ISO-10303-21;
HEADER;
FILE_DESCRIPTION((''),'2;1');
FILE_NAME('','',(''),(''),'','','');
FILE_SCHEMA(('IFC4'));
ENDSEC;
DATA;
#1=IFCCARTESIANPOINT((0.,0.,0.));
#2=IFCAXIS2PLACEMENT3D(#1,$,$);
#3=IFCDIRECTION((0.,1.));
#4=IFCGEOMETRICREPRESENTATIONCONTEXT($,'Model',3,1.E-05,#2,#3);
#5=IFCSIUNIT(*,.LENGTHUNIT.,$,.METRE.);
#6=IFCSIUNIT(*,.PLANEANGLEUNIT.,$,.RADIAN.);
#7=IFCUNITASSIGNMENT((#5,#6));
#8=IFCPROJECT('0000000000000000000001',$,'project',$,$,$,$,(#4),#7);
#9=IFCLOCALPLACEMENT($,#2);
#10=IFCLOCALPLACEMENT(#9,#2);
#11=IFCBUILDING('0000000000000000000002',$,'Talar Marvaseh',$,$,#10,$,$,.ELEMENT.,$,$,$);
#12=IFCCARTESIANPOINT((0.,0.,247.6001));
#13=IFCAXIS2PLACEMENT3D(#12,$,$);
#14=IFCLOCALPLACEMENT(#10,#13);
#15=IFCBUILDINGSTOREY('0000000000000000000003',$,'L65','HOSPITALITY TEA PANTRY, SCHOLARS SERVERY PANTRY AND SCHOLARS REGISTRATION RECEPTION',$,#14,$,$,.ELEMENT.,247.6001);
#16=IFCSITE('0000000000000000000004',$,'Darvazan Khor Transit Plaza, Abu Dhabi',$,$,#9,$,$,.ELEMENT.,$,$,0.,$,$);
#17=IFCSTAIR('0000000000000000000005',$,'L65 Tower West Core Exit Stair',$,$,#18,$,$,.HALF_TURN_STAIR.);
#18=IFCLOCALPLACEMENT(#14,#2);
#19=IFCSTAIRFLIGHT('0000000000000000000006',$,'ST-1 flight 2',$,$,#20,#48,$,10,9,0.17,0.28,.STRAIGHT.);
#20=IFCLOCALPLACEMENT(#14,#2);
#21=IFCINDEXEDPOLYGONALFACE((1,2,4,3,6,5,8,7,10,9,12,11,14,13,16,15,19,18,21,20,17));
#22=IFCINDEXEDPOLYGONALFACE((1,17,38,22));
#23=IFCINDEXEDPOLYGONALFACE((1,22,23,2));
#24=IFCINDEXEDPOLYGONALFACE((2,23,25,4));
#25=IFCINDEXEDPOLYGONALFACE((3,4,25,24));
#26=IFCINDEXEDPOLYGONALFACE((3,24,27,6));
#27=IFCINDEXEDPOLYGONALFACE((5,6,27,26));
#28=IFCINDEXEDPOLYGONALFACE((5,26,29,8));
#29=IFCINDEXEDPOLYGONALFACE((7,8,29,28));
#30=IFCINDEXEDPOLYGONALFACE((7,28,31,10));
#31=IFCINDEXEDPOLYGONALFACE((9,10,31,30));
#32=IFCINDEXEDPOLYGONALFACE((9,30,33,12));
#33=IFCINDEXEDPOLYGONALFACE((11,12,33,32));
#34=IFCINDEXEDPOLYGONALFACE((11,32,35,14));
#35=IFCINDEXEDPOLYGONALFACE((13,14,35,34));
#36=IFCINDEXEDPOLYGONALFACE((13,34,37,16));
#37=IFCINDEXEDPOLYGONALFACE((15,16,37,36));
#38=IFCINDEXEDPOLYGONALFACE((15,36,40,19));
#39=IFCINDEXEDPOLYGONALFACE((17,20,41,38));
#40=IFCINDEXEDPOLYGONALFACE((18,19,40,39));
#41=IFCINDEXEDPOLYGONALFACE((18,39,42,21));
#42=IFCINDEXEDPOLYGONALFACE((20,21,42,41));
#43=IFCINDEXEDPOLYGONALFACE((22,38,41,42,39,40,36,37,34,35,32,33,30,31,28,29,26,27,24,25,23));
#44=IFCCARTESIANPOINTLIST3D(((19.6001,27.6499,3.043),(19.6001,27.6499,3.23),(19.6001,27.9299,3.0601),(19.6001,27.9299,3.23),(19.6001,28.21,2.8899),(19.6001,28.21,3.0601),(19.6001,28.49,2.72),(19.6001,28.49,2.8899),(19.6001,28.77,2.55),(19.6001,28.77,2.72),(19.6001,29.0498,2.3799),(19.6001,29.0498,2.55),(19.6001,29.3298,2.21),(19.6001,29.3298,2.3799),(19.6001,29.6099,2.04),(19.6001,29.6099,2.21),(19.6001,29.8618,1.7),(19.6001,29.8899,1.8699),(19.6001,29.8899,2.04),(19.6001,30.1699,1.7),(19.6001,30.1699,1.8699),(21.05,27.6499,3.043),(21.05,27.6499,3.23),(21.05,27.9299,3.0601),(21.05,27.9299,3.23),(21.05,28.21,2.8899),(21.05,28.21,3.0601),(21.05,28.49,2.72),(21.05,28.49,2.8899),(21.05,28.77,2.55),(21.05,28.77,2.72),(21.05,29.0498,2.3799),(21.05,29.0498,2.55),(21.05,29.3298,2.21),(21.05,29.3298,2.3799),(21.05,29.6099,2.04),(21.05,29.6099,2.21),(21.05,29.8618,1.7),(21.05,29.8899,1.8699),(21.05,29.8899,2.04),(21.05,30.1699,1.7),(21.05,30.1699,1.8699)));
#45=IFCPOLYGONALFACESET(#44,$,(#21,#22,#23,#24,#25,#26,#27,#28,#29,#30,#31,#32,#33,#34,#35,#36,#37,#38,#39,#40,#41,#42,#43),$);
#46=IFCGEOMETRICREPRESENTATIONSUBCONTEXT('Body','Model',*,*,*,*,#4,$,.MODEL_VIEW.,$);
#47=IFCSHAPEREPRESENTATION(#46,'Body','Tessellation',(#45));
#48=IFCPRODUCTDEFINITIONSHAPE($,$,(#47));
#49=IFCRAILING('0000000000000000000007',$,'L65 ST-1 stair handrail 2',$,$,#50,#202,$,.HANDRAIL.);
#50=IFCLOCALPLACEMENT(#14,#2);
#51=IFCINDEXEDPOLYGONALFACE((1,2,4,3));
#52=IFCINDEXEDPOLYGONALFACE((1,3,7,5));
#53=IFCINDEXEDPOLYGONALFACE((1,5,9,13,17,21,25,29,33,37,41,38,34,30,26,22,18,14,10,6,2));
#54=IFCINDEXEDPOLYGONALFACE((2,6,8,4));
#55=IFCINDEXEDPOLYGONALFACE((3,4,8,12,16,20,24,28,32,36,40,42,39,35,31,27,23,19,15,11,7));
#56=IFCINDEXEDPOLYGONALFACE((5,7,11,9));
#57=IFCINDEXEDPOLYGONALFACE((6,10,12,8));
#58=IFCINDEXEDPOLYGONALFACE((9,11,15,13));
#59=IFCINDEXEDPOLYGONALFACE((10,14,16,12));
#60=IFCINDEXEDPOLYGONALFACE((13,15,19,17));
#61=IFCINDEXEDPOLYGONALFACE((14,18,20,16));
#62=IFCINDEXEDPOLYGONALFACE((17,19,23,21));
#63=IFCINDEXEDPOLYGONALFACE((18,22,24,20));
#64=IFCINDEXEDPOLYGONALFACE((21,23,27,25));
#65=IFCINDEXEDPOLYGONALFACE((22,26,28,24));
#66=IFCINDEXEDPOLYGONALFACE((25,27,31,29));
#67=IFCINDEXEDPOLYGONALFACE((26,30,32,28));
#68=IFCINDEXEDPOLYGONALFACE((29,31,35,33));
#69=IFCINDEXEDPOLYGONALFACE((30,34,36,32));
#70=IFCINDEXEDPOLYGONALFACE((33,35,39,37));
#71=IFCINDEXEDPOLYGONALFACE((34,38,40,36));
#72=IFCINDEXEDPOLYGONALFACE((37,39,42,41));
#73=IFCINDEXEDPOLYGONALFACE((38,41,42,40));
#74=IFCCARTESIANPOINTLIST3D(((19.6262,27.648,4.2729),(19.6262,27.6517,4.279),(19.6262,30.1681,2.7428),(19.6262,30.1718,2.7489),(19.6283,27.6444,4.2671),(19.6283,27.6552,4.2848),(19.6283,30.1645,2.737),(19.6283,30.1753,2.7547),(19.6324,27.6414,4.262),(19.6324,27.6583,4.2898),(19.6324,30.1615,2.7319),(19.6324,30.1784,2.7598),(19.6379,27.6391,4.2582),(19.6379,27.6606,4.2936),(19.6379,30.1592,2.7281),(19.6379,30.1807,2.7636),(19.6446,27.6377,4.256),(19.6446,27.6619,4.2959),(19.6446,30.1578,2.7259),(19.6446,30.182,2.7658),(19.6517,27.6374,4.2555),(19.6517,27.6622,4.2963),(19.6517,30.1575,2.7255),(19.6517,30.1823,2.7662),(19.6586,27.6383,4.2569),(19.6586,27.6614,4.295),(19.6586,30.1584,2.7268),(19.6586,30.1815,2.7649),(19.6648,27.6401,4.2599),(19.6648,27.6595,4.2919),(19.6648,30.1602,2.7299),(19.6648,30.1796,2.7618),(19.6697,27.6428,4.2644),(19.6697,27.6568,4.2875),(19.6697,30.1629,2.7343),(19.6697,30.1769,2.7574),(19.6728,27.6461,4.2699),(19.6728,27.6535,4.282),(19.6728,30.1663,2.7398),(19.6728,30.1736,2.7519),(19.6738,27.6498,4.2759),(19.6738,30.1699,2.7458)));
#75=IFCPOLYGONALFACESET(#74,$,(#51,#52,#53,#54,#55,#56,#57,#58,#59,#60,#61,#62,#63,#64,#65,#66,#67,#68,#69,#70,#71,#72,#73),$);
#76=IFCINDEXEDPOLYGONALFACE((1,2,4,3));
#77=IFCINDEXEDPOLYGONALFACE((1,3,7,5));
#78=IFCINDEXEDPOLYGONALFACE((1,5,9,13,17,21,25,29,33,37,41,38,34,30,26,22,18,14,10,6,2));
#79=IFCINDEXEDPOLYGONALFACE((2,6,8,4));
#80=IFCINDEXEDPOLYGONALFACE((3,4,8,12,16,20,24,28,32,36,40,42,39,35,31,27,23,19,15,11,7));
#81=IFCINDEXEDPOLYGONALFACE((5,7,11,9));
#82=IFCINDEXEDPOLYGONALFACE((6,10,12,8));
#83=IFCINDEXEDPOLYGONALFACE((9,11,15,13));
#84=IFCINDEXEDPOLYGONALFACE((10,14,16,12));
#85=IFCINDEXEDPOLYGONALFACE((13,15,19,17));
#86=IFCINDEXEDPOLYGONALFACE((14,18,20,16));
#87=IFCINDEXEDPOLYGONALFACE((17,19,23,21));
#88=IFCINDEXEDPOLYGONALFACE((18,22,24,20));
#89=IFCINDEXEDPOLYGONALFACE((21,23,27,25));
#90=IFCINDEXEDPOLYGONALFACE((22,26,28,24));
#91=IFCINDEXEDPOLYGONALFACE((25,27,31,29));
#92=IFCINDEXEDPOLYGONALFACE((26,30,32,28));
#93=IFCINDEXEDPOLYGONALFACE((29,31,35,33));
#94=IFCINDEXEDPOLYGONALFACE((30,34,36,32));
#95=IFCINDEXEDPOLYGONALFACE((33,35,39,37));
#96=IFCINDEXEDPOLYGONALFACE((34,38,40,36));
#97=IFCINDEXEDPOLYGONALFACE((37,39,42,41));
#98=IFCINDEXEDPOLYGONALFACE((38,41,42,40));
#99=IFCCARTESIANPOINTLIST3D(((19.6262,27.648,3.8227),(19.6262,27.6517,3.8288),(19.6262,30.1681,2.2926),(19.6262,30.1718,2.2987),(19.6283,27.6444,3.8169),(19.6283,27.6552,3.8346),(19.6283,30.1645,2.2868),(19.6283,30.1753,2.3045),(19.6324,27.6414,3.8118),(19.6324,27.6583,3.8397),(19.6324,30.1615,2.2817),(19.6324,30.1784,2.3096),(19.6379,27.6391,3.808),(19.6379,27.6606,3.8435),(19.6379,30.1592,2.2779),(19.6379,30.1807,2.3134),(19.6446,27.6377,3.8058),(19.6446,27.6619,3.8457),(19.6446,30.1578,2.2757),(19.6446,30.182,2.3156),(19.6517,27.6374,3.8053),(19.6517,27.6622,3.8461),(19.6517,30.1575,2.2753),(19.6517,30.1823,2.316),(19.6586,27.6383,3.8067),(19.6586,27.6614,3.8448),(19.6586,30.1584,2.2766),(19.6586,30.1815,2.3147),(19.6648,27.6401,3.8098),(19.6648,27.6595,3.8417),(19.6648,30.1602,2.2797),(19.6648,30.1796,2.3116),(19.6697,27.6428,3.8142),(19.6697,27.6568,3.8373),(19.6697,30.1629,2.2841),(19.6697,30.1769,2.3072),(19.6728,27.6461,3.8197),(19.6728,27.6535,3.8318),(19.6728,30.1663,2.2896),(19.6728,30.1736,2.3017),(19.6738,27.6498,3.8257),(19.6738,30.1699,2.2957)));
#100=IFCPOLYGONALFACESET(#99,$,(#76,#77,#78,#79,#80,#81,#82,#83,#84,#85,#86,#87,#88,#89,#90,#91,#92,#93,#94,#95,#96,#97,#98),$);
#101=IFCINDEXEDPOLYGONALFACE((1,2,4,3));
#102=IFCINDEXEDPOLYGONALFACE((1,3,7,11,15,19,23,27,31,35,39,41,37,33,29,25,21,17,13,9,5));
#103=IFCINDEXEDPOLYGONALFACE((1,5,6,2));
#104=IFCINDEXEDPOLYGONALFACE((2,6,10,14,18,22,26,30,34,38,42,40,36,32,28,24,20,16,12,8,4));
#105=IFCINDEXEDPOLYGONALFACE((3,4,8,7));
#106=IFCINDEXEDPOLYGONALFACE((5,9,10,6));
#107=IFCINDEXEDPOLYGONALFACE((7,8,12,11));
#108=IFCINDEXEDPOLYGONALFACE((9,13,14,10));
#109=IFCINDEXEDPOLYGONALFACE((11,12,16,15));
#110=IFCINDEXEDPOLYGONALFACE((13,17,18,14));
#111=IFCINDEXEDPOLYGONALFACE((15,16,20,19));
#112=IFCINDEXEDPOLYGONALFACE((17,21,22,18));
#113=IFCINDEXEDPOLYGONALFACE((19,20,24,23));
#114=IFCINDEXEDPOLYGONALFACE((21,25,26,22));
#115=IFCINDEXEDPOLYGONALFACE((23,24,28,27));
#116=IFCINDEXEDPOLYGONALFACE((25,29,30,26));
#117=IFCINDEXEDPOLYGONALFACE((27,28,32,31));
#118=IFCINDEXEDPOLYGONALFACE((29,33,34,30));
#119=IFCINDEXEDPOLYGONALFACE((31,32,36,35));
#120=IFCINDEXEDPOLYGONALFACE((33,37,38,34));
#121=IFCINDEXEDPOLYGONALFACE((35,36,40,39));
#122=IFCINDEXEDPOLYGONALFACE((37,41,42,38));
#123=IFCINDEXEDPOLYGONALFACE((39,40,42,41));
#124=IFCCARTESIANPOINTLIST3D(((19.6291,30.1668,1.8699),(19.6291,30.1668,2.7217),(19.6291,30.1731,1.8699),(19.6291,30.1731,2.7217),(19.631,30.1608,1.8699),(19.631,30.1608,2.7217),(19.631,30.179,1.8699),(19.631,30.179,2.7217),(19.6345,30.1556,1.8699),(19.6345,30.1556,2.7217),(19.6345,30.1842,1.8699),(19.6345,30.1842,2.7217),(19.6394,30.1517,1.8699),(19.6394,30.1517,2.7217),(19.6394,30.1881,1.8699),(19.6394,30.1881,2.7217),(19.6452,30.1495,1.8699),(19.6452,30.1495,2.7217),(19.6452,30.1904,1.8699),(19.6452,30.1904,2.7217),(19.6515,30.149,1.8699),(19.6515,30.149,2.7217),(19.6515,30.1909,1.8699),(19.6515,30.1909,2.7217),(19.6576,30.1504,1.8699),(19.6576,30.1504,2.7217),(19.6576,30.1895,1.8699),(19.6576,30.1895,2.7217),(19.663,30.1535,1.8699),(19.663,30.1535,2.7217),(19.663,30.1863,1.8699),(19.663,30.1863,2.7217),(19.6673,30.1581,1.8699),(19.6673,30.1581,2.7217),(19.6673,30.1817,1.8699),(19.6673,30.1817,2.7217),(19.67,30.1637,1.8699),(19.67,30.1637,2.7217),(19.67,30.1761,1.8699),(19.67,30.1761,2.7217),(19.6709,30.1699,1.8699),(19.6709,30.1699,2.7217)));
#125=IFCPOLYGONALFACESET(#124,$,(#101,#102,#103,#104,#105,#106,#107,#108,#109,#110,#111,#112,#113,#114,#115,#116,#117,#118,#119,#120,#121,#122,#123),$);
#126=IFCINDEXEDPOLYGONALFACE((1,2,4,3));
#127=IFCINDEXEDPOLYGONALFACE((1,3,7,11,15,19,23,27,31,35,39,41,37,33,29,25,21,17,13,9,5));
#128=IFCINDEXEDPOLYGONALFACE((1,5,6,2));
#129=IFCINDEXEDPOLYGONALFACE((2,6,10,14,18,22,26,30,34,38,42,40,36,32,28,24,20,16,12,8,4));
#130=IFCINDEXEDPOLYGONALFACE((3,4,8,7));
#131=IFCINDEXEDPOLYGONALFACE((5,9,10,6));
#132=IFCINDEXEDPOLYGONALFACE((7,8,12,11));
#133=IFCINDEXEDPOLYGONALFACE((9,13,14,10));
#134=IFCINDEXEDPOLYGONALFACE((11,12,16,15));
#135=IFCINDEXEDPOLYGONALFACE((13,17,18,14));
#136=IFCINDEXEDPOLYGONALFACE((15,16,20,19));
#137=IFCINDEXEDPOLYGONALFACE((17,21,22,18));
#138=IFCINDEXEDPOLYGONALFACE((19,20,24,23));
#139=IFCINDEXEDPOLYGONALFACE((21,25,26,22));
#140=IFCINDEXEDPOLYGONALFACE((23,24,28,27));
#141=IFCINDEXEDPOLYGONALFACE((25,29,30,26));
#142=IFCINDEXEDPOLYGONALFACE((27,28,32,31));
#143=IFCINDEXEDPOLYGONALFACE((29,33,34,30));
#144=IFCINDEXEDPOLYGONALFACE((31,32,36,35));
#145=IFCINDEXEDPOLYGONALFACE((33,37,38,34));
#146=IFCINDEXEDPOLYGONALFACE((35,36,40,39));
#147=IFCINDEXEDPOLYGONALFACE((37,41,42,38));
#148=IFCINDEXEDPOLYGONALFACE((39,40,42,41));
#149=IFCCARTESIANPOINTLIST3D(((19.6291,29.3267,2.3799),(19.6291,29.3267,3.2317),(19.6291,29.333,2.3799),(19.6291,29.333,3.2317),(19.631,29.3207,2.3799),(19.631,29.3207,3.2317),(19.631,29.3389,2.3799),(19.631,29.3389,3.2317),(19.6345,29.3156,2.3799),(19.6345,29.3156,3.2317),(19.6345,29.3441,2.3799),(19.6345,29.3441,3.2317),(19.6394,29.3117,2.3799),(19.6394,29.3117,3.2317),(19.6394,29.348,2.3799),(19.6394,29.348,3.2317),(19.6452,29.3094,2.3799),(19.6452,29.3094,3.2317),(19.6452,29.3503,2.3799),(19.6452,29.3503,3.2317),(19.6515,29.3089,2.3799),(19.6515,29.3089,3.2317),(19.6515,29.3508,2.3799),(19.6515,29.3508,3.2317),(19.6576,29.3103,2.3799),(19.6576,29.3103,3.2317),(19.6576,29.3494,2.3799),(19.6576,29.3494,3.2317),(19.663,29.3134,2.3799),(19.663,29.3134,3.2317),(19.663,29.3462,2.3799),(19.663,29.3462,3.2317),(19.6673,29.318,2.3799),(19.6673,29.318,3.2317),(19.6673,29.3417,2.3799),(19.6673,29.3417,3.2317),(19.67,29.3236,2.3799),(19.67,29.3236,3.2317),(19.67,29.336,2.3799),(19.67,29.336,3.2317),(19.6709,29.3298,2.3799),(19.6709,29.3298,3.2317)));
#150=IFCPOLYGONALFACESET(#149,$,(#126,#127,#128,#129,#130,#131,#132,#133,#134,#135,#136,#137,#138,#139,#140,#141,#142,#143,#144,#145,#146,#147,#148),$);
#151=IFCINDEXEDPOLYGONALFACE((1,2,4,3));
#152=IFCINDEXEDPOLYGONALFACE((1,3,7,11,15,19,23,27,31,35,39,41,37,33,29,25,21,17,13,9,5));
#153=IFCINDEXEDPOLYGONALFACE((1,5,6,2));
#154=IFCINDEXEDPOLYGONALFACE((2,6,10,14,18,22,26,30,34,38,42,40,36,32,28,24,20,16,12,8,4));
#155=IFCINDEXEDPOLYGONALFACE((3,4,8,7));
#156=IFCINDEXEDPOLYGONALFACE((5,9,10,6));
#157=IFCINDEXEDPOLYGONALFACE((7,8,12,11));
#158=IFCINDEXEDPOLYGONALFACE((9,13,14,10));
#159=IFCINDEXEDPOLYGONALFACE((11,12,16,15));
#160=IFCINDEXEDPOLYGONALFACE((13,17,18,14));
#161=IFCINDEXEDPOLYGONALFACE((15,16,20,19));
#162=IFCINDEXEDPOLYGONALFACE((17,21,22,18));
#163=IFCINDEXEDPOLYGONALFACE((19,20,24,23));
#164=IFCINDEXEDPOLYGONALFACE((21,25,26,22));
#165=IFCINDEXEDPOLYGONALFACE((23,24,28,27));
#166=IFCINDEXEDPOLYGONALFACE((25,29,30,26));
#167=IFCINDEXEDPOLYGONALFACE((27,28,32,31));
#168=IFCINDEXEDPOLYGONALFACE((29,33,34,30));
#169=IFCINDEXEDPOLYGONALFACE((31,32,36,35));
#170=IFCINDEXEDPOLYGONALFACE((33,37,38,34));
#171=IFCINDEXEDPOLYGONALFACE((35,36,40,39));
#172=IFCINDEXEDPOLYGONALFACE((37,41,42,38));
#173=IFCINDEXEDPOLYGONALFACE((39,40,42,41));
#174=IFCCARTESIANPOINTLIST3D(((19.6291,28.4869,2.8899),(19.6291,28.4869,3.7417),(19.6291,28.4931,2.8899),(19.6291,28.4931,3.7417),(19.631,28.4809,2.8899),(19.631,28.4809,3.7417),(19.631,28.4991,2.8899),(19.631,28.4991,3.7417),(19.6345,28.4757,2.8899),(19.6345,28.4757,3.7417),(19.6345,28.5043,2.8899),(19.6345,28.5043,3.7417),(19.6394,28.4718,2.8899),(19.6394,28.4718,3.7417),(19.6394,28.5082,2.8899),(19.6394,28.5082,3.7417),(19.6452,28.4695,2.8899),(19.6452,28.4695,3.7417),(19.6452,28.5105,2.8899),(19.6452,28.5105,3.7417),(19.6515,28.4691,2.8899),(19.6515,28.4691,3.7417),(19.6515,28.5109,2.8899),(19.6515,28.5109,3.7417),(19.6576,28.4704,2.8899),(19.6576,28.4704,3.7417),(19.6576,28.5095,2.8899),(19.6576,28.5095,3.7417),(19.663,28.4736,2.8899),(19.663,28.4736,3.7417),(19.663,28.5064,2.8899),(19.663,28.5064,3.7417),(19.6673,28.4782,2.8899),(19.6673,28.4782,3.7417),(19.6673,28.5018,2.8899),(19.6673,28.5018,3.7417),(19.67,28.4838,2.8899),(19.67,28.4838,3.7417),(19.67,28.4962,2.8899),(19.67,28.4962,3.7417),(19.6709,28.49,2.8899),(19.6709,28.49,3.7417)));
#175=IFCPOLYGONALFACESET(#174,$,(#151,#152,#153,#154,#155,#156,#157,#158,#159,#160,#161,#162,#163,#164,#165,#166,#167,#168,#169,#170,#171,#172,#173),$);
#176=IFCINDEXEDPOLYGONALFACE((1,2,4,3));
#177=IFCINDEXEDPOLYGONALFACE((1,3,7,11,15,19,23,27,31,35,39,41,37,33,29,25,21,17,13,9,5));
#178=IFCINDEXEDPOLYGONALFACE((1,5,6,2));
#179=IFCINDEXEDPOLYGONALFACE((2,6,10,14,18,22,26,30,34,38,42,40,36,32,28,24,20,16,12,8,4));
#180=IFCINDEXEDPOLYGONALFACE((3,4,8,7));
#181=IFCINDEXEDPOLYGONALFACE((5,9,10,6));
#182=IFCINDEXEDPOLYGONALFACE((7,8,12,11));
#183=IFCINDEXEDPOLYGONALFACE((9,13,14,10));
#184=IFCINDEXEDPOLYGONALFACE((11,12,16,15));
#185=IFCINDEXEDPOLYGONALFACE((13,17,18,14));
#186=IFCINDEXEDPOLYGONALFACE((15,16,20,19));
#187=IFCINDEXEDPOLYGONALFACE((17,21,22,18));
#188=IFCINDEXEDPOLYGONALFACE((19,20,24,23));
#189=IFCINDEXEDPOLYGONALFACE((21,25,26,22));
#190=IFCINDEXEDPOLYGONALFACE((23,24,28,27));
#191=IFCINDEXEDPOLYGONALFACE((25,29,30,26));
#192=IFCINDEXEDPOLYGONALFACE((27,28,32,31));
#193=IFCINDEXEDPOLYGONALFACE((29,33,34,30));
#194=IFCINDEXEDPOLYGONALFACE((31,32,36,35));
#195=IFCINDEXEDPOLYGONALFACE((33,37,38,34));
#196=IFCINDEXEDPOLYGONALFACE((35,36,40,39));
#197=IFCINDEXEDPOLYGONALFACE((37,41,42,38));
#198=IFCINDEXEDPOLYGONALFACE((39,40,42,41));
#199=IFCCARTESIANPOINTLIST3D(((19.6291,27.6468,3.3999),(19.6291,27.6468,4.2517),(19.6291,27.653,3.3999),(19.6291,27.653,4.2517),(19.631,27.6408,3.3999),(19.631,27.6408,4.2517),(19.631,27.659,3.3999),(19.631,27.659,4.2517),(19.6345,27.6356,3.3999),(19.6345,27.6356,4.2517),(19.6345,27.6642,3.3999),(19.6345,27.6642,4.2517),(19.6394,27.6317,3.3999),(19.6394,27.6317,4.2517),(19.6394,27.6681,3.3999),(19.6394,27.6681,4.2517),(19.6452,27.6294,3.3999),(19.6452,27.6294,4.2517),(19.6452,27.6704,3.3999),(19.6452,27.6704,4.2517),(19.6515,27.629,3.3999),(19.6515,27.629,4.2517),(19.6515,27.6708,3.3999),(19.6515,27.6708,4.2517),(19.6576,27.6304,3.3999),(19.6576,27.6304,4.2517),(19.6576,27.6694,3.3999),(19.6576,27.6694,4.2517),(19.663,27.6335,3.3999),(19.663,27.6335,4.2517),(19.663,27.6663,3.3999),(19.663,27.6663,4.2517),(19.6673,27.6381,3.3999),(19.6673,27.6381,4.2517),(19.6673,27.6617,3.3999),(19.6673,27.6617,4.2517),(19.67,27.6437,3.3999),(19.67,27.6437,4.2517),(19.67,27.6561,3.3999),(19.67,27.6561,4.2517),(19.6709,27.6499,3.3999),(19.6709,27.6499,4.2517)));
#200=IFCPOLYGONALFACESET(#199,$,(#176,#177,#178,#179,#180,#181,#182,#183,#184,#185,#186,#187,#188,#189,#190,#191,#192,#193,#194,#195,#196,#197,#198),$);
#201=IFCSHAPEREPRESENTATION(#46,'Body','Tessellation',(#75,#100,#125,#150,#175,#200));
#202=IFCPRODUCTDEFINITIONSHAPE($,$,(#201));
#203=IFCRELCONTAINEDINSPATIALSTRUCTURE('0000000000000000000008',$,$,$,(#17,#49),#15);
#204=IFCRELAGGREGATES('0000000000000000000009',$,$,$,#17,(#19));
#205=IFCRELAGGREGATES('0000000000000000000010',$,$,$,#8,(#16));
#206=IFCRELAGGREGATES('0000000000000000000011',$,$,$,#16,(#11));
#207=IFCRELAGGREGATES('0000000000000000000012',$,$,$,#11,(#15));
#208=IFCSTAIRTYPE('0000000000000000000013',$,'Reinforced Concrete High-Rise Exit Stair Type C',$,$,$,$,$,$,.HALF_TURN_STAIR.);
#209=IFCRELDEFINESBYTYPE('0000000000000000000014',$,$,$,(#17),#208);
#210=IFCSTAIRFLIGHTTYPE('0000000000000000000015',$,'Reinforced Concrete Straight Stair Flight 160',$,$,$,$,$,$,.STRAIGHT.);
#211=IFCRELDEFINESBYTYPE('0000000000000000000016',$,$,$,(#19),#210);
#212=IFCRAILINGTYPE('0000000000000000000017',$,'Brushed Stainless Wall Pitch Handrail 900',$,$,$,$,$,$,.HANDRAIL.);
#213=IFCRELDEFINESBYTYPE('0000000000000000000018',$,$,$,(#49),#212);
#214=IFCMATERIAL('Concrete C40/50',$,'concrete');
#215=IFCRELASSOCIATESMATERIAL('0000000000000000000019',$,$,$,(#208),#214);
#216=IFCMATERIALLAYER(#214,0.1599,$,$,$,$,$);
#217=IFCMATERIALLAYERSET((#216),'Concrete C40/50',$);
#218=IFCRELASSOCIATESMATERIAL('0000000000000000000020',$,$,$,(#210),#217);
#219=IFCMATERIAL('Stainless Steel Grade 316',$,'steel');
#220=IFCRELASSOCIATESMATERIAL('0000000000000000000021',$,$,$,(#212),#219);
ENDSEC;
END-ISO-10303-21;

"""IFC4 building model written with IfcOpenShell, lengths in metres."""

from ifc_helpers import new_model, si_unit, direction, frame, origin, origin_2d, place, context, subcontext, project, spatial, polyline, circle, outline, extrude, material, layer, layer_set, type_object, element, aggregate, save


model = new_model("IFC4")

# Units and contexts
model_context = context("Model", 3, precision=1e-05, world=origin(), true_north=direction((0.0, 1.0)))
body_context = subcontext(model_context, "Body", "Model", "MODEL_VIEW")
ifc_project = project(units=[si_unit("LENGTHUNIT", "METRE"), si_unit("PLANEANGLEUNIT", "RADIAN")], contexts=[model_context])

# Site, building, storey
site_placement = place(None, origin())
site = spatial("IfcSite", under=ifc_project, at=site_placement, Name="Darvazan Khor Transit Plaza, Abu Dhabi", CompositionType="ELEMENT", RefElevation=0.0)
building_placement = place(site_placement, origin())
building = spatial("IfcBuilding", under=site, at=building_placement, Name="Talar Marvaseh", CompositionType="ELEMENT")
storey_placement = place(building_placement, frame((0.0, 0.0, 247.6001)))
storey = spatial("IfcBuildingStorey", under=building, at=storey_placement, Name="L65", Description="HOSPITALITY TEA PANTRY, SCHOLARS SERVERY PANTRY AND SCHOLARS REGISTRATION RECEPTION", CompositionType="ELEMENT", Elevation=247.6001)

# Stair, stair flight
ifc_material_1 = material(Name="Concrete C40/50", Category="concrete")
stair_type = type_object("IfcStairType", Name="Reinforced Concrete High-Rise Exit Stair Type C", PredefinedType="HALF_TURN_STAIR", material=ifc_material_1)
stair_placement = place(storey_placement, origin())
stair = element("IfcStair", 1, at=stair_placement, inside=storey, type_object=stair_type, Name="L65 Tower West Core Exit Stair", PredefinedType="HALF_TURN_STAIR")
ifc_layer_1 = layer(ifc_material_1, 0.1599)
ifc_layer_set_1 = layer_set([ifc_layer_1], Name="Concrete C40/50")
stair_flight_type = type_object("IfcStairFlightType", Name="Reinforced Concrete Straight Stair Flight 160", PredefinedType="STRAIGHT", material=ifc_layer_set_1)
stair_flight_1_placement = place(storey_placement, frame((20.325, 30.1699, 1.7), z_axis=(0.0, 0.0, 1.0), x_axis=(0.0, -1.0, 0.0)))
stair_flight_1 = element("IfcStairFlight", 2, at=stair_flight_1_placement, type_object=stair_flight_type, Name="ST-1 flight 2", NumberOfRisers=10, NumberOfTreads=9, PredefinedType="STRAIGHT", RiserHeight=0.17, TreadLength=0.28, context=body_context, shape_type="SweptSolid", body=[
    extrude(outline(polyline([(0.0, 0.0), (0.0, 0.1699), (0.28, 0.1699), (0.28, 0.3401), (0.5601, 0.3401), (0.5601, 0.51), (0.8401, 0.51), (0.8401, 0.6799), (1.1201, 0.6799), (1.1201, 0.8501), (1.3999, 0.8501), (1.3999, 1.02), (1.6799, 1.02), (1.6799, 1.1899), (1.96, 1.1899), (1.96, 1.3601), (2.24, 1.3601), (2.24, 1.53), (2.52, 1.53), (2.52, 1.7), (2.52, 1.343), (0.3081, 0.0), (0.0, 0.0)])), frame((0.0, 0.7251, 0.0), z_axis=(0.0, -1.0, 0.0), x_axis=(1.0, 0.0, 0.0)), (0.0, 0.0, 1.0), 1.45),
])
aggregate(stair, [stair_flight_1])

# Railing
ifc_material_2 = material(Name="Stainless Steel Grade 316", Category="steel")
railing_type_1 = type_object("IfcRailingType", Name="Brushed Stainless Wall Pitch Handrail 900", PredefinedType="HANDRAIL", material=ifc_material_2)
railing_1_placement = place(storey_placement, frame((19.6499, 30.1699, 1.8699)))
element("IfcRailing", 3, at=railing_1_placement, inside=storey, type_object=railing_type_1, Name="L65 ST-1 stair handrail 2", PredefinedType="HANDRAIL", context=body_context, shape_type="SweptSolid", body=[
    extrude(circle(Radius=0.0239, at=origin_2d()), frame((0.0, 0.0, 0.876), z_axis=(0.0, -0.854785, 0.518982), x_axis=(1.0, 0.0, 0.0)), (0.0, 0.0, 1.0), 2.9482),
    extrude(circle(Radius=0.0239, at=origin_2d()), frame((0.0, 0.0, 0.4258), z_axis=(0.0, -0.854785, 0.518982), x_axis=(1.0, 0.0, 0.0)), (0.0, 0.0, 1.0), 2.9482),
    extrude(circle(Radius=0.021, at=origin_2d()), origin(), (0.0, 0.0, 1.0), 0.8518),
    extrude(circle(Radius=0.021, at=origin_2d()), frame((0.0, -0.8401, 0.51)), (0.0, 0.0, 1.0), 0.8518),
    extrude(circle(Radius=0.021, at=origin_2d()), frame((0.0, -1.6799, 1.02)), (0.0, 0.0, 1.0), 0.8518),
    extrude(circle(Radius=0.021, at=origin_2d()), frame((0.0, -2.52, 1.53)), (0.0, 0.0, 1.0), 0.8518),
])

save(model, "model.ifc")
